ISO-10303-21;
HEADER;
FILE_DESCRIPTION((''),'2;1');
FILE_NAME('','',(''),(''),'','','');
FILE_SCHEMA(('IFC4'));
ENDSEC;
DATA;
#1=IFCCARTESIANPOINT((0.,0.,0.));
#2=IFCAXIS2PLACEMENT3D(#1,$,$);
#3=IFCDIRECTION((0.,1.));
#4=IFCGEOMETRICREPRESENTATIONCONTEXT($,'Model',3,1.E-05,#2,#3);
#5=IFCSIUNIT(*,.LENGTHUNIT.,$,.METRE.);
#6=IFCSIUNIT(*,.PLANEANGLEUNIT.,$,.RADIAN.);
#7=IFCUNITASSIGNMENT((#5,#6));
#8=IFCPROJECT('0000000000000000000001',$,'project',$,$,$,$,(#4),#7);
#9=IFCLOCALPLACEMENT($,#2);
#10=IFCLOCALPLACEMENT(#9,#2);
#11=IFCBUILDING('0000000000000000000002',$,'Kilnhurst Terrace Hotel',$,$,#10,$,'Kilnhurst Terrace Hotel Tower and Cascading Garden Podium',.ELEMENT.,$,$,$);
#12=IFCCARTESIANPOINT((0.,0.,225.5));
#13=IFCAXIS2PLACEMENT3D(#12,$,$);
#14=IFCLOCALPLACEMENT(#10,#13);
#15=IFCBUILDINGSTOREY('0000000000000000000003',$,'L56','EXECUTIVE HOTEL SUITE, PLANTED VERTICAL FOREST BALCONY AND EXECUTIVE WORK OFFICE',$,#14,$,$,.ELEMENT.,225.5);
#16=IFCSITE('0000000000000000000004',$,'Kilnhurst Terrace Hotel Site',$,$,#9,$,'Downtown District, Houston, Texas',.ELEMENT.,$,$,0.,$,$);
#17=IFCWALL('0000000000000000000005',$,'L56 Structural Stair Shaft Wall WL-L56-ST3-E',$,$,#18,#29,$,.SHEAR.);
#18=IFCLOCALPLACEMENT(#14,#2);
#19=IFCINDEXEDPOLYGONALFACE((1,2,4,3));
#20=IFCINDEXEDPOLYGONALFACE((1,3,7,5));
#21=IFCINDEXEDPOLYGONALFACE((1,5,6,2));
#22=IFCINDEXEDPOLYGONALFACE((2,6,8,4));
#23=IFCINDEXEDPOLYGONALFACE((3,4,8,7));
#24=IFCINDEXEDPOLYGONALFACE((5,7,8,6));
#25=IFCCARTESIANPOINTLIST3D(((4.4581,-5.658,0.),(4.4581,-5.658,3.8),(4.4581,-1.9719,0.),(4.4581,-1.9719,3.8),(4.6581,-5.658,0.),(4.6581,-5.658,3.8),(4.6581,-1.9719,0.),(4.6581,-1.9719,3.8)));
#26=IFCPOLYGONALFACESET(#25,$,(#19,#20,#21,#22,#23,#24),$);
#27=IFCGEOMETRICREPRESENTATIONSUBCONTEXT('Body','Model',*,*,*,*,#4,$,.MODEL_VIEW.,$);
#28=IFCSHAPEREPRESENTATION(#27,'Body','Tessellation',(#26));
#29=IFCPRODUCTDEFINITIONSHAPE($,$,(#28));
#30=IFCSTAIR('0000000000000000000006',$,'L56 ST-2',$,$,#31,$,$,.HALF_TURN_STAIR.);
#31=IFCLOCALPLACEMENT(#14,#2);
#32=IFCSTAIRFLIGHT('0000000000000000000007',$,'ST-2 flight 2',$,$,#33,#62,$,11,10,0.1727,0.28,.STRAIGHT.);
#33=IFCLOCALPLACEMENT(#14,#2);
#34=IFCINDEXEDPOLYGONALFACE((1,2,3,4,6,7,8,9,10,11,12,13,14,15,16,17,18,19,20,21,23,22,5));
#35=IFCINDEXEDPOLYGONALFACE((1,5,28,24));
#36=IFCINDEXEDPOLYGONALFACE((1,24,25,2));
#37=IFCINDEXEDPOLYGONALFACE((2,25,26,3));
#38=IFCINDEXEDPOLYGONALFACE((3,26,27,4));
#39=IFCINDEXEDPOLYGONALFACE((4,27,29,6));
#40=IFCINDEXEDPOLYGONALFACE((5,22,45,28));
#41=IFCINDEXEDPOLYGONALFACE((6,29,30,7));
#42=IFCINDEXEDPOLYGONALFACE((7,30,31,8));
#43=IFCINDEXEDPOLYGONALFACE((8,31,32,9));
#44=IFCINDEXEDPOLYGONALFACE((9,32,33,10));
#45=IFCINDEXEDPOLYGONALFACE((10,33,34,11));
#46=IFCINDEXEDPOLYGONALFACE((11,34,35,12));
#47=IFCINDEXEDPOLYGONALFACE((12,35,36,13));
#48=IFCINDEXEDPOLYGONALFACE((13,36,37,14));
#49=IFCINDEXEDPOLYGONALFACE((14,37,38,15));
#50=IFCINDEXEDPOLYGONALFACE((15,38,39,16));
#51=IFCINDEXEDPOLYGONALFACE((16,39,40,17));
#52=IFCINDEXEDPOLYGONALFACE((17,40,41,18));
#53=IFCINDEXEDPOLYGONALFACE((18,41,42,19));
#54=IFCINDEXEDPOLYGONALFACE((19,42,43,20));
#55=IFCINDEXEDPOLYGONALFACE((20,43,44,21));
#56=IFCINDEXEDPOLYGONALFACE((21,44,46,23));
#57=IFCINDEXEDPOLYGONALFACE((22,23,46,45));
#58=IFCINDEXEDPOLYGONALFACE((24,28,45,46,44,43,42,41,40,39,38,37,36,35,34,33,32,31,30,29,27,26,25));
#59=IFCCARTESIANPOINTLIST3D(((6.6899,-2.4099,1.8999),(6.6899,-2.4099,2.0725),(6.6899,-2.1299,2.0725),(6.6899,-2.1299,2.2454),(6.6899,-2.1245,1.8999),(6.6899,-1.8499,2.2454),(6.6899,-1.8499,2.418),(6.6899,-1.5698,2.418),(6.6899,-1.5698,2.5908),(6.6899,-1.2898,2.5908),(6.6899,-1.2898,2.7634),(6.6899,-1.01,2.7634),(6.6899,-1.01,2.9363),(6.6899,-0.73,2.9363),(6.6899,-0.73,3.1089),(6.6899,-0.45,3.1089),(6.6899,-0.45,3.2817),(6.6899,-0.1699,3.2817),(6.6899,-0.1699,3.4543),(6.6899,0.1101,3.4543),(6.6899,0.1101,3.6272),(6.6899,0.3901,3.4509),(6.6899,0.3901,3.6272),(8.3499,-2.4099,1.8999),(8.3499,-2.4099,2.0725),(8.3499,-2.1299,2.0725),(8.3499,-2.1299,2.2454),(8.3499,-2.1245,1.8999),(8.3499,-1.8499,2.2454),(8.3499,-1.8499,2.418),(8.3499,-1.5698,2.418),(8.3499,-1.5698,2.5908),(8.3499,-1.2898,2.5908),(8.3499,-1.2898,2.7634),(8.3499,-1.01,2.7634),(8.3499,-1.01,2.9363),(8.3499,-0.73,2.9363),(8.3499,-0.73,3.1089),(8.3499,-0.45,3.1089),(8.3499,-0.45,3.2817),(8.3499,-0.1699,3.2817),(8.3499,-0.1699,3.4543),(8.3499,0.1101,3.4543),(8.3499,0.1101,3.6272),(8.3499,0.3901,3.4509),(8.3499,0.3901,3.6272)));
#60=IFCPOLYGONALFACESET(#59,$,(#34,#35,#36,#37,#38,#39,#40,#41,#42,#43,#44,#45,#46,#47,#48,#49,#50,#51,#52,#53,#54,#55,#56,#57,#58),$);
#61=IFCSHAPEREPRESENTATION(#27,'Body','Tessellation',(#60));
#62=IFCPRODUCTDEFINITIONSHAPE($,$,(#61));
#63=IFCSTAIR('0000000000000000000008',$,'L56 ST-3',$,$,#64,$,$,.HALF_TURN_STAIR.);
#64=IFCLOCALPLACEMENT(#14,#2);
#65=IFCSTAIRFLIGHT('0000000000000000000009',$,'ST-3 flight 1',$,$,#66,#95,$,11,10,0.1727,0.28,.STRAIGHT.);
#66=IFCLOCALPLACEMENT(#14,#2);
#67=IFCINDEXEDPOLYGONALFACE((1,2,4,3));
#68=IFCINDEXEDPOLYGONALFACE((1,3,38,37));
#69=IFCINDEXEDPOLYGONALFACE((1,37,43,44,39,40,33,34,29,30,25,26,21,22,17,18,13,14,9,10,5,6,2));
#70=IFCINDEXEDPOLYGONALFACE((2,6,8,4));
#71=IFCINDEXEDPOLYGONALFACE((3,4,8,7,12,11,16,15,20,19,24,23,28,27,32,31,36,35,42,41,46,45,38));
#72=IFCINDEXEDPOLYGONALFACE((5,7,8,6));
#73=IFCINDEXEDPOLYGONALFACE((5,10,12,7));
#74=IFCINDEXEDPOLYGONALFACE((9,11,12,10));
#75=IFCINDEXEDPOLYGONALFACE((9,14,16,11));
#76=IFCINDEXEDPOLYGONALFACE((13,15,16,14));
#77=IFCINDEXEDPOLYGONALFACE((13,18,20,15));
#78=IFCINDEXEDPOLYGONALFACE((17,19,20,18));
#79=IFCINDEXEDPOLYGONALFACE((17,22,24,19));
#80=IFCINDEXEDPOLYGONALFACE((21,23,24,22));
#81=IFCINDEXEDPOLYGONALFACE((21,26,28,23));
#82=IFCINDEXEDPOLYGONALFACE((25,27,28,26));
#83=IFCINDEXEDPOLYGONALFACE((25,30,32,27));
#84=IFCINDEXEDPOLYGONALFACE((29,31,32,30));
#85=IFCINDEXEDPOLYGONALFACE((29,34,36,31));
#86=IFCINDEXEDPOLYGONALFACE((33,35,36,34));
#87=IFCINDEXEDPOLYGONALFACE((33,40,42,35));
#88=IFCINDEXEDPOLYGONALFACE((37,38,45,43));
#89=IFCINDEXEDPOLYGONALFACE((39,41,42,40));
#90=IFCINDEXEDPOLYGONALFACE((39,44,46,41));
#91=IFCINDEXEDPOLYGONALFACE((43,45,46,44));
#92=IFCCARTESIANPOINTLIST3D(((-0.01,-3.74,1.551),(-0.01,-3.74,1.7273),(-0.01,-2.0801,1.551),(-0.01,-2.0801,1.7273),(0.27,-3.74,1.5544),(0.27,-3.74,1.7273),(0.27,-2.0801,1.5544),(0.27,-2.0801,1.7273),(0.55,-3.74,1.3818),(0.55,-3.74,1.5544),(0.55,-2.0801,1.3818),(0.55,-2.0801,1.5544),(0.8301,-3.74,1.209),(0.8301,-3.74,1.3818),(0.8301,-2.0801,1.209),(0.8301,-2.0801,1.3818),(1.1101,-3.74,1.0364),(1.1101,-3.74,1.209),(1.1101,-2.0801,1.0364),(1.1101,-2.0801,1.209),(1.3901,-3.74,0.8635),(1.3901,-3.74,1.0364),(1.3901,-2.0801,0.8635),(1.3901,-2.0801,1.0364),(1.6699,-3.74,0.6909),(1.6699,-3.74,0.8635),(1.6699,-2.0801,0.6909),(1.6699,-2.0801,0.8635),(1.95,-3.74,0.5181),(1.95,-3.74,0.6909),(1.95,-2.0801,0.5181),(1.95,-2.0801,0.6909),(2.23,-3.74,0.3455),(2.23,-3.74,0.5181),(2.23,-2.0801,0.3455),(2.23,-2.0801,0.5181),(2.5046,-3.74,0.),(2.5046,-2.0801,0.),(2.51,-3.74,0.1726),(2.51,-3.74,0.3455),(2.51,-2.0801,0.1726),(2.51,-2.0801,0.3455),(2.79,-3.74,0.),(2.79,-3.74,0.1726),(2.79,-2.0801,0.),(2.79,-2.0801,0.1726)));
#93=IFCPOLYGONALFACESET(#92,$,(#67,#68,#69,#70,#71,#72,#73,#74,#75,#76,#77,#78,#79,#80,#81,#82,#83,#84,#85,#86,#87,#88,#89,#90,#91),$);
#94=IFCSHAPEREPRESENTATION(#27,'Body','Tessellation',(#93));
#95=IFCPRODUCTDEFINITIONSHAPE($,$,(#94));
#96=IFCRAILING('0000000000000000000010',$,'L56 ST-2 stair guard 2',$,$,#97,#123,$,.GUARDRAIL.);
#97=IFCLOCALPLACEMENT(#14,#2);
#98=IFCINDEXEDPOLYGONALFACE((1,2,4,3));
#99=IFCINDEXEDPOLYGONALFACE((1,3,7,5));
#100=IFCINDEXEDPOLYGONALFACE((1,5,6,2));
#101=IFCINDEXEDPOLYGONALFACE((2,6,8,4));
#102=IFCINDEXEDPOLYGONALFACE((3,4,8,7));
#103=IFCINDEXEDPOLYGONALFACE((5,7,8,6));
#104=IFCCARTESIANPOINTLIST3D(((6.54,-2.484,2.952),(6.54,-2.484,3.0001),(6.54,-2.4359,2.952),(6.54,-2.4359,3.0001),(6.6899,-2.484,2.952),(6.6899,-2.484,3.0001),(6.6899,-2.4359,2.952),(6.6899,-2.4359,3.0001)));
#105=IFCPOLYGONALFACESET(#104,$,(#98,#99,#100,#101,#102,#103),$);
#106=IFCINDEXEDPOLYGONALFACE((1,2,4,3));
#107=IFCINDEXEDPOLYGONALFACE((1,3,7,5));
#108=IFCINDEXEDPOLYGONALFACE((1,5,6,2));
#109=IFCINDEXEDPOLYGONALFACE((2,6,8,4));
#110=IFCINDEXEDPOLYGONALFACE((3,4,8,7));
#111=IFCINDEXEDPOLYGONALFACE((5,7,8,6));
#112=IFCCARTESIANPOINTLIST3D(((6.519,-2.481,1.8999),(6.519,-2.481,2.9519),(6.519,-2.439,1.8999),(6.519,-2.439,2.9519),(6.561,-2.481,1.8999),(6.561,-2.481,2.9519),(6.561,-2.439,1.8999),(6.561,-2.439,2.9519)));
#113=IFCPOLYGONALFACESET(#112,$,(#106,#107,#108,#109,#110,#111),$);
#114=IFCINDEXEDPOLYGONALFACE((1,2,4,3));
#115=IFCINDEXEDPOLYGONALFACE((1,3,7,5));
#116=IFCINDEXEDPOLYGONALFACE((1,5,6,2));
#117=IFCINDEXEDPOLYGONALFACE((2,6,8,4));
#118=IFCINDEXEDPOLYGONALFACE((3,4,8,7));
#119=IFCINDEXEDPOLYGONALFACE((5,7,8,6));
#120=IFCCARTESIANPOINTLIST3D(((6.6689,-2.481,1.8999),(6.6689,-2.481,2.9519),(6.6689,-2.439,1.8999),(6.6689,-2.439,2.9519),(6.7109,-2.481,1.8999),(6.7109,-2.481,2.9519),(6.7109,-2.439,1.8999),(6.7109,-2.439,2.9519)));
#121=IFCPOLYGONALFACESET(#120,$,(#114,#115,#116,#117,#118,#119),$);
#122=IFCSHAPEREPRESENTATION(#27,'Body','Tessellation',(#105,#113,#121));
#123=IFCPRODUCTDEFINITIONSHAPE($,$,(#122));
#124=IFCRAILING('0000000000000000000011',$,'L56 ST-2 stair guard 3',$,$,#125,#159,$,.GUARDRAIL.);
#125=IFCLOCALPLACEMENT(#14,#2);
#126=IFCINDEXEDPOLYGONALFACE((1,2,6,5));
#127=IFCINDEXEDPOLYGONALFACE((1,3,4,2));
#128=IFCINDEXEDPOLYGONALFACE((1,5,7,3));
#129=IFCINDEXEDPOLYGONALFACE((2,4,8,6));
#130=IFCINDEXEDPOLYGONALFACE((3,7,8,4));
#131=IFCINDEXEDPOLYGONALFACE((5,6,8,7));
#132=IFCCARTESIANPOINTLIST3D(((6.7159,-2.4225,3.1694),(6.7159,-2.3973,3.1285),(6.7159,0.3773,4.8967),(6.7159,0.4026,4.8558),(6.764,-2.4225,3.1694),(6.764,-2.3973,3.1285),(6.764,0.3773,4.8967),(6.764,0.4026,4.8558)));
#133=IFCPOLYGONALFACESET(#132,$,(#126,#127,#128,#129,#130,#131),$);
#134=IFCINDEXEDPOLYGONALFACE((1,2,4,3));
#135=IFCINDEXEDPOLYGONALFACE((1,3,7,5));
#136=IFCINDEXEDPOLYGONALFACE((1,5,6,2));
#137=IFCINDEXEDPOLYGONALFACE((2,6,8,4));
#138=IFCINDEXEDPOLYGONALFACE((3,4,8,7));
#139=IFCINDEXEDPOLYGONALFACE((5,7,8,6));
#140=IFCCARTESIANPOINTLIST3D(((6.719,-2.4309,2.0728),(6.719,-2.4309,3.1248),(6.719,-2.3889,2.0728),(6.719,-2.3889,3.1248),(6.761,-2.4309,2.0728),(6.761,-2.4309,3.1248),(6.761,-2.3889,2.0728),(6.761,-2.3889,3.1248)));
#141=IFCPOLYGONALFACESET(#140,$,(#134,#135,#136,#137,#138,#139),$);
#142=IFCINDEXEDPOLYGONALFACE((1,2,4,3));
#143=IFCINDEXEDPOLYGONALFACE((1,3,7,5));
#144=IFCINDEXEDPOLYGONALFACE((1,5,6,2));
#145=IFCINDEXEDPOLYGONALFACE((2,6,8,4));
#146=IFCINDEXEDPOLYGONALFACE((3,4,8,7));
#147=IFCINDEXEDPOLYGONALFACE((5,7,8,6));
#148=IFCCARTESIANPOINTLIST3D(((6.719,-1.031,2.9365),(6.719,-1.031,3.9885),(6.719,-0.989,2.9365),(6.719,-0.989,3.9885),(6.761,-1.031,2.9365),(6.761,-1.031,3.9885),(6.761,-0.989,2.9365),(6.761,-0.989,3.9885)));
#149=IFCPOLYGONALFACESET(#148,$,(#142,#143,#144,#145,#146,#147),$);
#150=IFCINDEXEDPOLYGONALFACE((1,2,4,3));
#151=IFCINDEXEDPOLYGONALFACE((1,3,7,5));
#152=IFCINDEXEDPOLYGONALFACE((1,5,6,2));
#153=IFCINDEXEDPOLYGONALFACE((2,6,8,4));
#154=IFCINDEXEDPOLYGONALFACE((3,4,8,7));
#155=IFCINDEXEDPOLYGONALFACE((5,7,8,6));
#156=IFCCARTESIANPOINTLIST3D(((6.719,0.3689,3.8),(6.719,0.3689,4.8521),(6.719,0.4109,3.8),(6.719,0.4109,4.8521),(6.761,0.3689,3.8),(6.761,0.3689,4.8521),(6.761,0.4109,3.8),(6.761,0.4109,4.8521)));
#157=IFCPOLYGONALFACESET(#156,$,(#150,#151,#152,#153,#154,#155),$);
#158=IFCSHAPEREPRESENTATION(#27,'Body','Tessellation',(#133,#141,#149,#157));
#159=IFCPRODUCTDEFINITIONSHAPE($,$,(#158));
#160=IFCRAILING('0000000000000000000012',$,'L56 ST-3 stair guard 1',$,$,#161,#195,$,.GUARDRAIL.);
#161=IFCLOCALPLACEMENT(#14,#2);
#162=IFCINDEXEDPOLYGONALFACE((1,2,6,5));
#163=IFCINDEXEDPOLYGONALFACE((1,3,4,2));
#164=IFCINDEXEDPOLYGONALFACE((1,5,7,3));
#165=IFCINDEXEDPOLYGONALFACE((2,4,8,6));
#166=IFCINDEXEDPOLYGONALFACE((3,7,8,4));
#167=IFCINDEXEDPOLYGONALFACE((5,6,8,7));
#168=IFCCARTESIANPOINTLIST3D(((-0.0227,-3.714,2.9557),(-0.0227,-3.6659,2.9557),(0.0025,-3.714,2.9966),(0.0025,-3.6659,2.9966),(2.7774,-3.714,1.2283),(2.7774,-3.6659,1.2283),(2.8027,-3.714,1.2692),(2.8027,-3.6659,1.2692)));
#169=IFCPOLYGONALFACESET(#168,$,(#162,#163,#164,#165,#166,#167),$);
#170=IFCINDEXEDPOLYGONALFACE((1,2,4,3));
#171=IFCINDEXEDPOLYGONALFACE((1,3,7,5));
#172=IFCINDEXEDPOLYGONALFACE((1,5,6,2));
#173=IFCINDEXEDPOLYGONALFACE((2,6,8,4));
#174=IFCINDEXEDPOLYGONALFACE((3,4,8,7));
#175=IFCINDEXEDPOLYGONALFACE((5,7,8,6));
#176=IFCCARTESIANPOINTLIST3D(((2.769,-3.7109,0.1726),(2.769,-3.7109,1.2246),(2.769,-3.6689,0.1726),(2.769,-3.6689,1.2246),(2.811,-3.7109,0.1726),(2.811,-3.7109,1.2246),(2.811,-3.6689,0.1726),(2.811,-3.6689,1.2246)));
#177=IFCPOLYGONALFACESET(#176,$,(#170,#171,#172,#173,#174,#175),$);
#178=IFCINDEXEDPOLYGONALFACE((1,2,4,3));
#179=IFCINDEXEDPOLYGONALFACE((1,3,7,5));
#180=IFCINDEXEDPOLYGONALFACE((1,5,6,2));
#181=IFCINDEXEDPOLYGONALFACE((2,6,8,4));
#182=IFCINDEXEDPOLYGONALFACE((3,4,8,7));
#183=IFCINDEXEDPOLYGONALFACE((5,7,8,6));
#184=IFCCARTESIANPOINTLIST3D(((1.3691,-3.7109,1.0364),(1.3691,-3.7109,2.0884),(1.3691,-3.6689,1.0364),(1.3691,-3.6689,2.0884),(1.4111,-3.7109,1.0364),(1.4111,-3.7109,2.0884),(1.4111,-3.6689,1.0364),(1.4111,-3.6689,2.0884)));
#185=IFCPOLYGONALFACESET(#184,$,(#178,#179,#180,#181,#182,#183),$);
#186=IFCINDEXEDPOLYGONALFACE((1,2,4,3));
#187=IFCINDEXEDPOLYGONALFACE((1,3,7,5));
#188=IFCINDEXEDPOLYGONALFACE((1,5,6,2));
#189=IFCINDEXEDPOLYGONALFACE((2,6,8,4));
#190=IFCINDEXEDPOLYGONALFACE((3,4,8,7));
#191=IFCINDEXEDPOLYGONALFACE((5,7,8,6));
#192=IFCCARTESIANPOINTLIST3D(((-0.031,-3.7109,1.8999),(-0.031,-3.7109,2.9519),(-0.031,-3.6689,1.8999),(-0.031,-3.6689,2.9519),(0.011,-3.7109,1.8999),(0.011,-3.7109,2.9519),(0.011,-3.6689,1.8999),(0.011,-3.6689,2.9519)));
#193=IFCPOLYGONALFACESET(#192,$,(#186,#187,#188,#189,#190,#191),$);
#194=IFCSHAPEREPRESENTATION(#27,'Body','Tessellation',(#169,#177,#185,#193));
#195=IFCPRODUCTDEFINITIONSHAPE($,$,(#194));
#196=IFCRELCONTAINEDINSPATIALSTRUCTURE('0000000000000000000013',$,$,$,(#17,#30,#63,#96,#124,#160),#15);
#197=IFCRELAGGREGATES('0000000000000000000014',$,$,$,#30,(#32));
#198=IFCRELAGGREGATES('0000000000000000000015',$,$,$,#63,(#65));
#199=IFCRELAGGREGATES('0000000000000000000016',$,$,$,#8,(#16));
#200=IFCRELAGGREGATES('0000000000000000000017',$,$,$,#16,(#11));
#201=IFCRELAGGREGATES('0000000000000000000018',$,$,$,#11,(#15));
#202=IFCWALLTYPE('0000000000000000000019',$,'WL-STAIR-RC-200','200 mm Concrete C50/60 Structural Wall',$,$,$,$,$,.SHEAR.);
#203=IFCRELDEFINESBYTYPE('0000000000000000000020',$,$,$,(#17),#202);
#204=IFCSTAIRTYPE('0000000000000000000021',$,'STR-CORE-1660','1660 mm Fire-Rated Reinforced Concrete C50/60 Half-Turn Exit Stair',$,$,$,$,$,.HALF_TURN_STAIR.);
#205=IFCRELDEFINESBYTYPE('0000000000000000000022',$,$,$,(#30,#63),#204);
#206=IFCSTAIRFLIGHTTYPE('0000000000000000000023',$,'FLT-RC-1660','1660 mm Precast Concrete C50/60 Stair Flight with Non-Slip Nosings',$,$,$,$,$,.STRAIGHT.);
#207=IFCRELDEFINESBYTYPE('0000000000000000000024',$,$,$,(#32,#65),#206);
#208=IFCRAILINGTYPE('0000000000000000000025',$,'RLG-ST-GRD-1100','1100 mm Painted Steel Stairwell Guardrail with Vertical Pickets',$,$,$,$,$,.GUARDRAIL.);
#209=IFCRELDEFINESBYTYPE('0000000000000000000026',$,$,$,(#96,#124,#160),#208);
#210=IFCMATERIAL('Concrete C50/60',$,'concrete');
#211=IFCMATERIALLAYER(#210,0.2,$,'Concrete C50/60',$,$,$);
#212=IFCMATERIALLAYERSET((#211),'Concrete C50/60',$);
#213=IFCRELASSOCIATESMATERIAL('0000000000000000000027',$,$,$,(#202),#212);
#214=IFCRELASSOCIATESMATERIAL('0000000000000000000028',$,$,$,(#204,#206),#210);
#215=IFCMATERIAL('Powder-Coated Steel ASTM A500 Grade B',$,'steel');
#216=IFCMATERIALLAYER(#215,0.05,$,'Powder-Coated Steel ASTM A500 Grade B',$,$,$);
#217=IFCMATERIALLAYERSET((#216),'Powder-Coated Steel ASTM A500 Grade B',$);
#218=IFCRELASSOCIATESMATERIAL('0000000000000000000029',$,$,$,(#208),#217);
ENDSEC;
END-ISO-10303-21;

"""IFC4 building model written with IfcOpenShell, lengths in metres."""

from ifc_helpers import new_model, si_unit, direction, frame, frame_2d, origin, origin_2d, place, context, subcontext, project, spatial, polyline, rectangle, outline, extrude, material, layer, layer_set, type_object, element, aggregate, save


model = new_model("IFC4")

# Units and contexts
model_context = context("Model", 3, precision=1e-05, world=origin(), true_north=direction((0.0, 1.0)))
body_context = subcontext(model_context, "Body", "Model", "MODEL_VIEW")
ifc_project = project(units=[si_unit("LENGTHUNIT", "METRE"), si_unit("PLANEANGLEUNIT", "RADIAN")], contexts=[model_context])

# Site, building, storey
site_placement = place(None, origin())
site = spatial("IfcSite", under=ifc_project, at=site_placement, Name="Kilnhurst Terrace Hotel Site", LongName="Downtown District, Houston, Texas", CompositionType="ELEMENT", RefElevation=0.0)
building_placement = place(site_placement, origin())
building = spatial("IfcBuilding", under=site, at=building_placement, Name="Kilnhurst Terrace Hotel", LongName="Kilnhurst Terrace Hotel Tower and Cascading Garden Podium", CompositionType="ELEMENT")
storey_placement = place(building_placement, frame((0.0, 0.0, 225.5)))
storey = spatial("IfcBuildingStorey", under=building, at=storey_placement, Name="L56", Description="EXECUTIVE HOTEL SUITE, PLANTED VERTICAL FOREST BALCONY AND EXECUTIVE WORK OFFICE", CompositionType="ELEMENT", Elevation=225.5)

# Shared definitions
ifc_material_1 = material(Name="Concrete C50/60", Category="concrete")

# Wall
ifc_layer_1 = layer(ifc_material_1, 0.2, Name="Concrete C50/60")
ifc_layer_set_1 = layer_set([ifc_layer_1], Name="Concrete C50/60")
wall_type_1 = type_object("IfcWallType", Name="WL-STAIR-RC-200", Description="200 mm Concrete C50/60 Structural Wall", PredefinedType="SHEAR", material=ifc_layer_set_1)
for number, where, z_axis, x_axis, name in (
    (1, (4.5581, -5.658, 0.0), (0.0, 0.0, 1.0), (0.0, 1.0, 0.0), "L56 Structural Stair Shaft Wall WL-L56-ST3-E"),
):
    element("IfcWall", number, at=place(storey_placement, frame(where, z_axis=z_axis, x_axis=x_axis)), inside=storey, type_object=wall_type_1, Name=name, PredefinedType="SHEAR", context=body_context, shape_type="SweptSolid", body=[
        extrude(rectangle(XDim=3.686, YDim=0.2, at=frame_2d((1.843, 0.0))), origin(), (0.0, 0.0, 1.0), 3.8),
    ])

# Stairs, stair flights
stair_type = type_object("IfcStairType", Name="STR-CORE-1660", Description="1660 mm Fire-Rated Reinforced Concrete C50/60 Half-Turn Exit Stair", PredefinedType="HALF_TURN_STAIR", material=ifc_material_1)
stair_1_placement = place(storey_placement, origin())
stair_1 = element("IfcStair", 2, at=stair_1_placement, inside=storey, type_object=stair_type, Name="L56 ST-2", PredefinedType="HALF_TURN_STAIR")
stair_flight_type = type_object("IfcStairFlightType", Name="FLT-RC-1660", Description="1660 mm Precast Concrete C50/60 Stair Flight with Non-Slip Nosings", PredefinedType="STRAIGHT", material=ifc_material_1)
stair_flight_1_placement = place(storey_placement, frame((7.52, -2.4099, 1.8999), z_axis=(0.0, 0.0, 1.0), x_axis=(0.0, 1.0, 0.0)))
stair_flight_1 = element("IfcStairFlight", 3, at=stair_flight_1_placement, type_object=stair_flight_type, Name="ST-2 flight 2", NumberOfRisers=11, NumberOfTreads=10, PredefinedType="STRAIGHT", RiserHeight=0.1727, TreadLength=0.28, context=body_context, shape_type="SweptSolid", body=[
    extrude(outline(polyline([(0.0, 0.0), (0.0, 0.1726), (0.28, 0.1726), (0.28, 0.3455), (0.5601, 0.3455), (0.5601, 0.5181), (0.8401, 0.5181), (0.8401, 0.6909), (1.1201, 0.6909), (1.1201, 0.8635), (1.3999, 0.8635), (1.3999, 1.0364), (1.6799, 1.0364), (1.6799, 1.209), (1.96, 1.209), (1.96, 1.3818), (2.24, 1.3818), (2.24, 1.5544), (2.52, 1.5544), (2.52, 1.7273), (2.8, 1.7273), (2.8, 1.8999), (2.8, 1.551), (0.2854, 0.0), (0.0, 0.0)])), frame((0.0, 0.8301, 0.0), z_axis=(0.0, -1.0, 0.0), x_axis=(1.0, 0.0, 0.0)), (0.0, 0.0, 1.0), 1.6599),
])
aggregate(stair_1, [stair_flight_1])
stair_2_placement = place(storey_placement, origin())
stair_2 = element("IfcStair", 4, at=stair_2_placement, inside=storey, type_object=stair_type, Name="L56 ST-3", PredefinedType="HALF_TURN_STAIR")
stair_flight_2_placement = place(storey_placement, frame((2.79, -2.9099, 0.0), z_axis=(0.0, 0.0, 1.0), x_axis=(-1.0, 0.0, 0.0)))
stair_flight_2 = element("IfcStairFlight", 5, at=stair_flight_2_placement, type_object=stair_flight_type, Name="ST-3 flight 1", NumberOfRisers=11, NumberOfTreads=10, PredefinedType="STRAIGHT", RiserHeight=0.1727, TreadLength=0.28, context=body_context, shape_type="SweptSolid", body=[
    extrude(outline(polyline([(0.0, 0.0), (0.0, 0.1726), (0.28, 0.1726), (0.28, 0.3455), (0.5601, 0.3455), (0.5601, 0.5181), (0.8401, 0.5181), (0.8401, 0.6909), (1.1201, 0.6909), (1.1201, 0.8635), (1.3999, 0.8635), (1.3999, 1.0364), (1.6799, 1.0364), (1.6799, 1.209), (1.96, 1.209), (1.96, 1.3818), (2.24, 1.3818), (2.24, 1.5544), (2.52, 1.5544), (2.52, 1.7273), (2.8, 1.7273), (2.8, 1.8999), (2.8, 1.551), (0.2854, 0.0), (0.0, 0.0)])), frame((0.0, 0.8301, 0.0), z_axis=(0.0, -1.0, 0.0), x_axis=(1.0, 0.0, 0.0)), (0.0, 0.0, 1.0), 1.6599),
])
aggregate(stair_2, [stair_flight_2])

# Railings
ifc_material_2 = material(Name="Powder-Coated Steel ASTM A500 Grade B", Category="steel")
ifc_layer_2 = layer(ifc_material_2, 0.05, Name="Powder-Coated Steel ASTM A500 Grade B")
ifc_layer_set_2 = layer_set([ifc_layer_2], Name="Powder-Coated Steel ASTM A500 Grade B")
railing_type_1 = type_object("IfcRailingType", Name="RLG-ST-GRD-1100", Description="1100 mm Painted Steel Stairwell Guardrail with Vertical Pickets", PredefinedType="GUARDRAIL", material=ifc_layer_set_2)
railing_1_placement = place(storey_placement, frame((6.54, -2.46, 1.8999)))
element("IfcRailing", 6, at=railing_1_placement, inside=storey, type_object=railing_type_1, Name="L56 ST-2 stair guard 2", PredefinedType="GUARDRAIL", context=body_context, shape_type="SweptSolid", body=[
    extrude(rectangle(XDim=0.0481, YDim=0.0481, at=origin_2d()), frame((0.0, 0.0, 1.0762), z_axis=(1.0, 0.0, 0.0), x_axis=(0.0, 1.0, 0.0)), (0.0, 0.0, 1.0), 0.1499),
    extrude(rectangle(XDim=0.042, YDim=0.042, at=origin_2d()), origin(), (0.0, 0.0, 1.0), 1.052),
    extrude(rectangle(XDim=0.042, YDim=0.042, at=origin_2d()), frame((0.1499, 0.0, 0.0)), (0.0, 0.0, 1.0), 1.052),
])
railing_2_placement = place(storey_placement, frame((6.74, -2.4099, 2.0728)))
element("IfcRailing", 7, at=railing_2_placement, inside=storey, type_object=railing_type_1, Name="L56 ST-2 stair guard 3", PredefinedType="GUARDRAIL", context=body_context, shape_type="SweptSolid", body=[
    extrude(rectangle(XDim=0.0481, YDim=0.0481, at=origin_2d()), frame((0.0, 0.0, 1.0762), z_axis=(0.0, 0.851069, 0.525054), x_axis=(-1.0, 0.0, 0.0)), (0.0, 0.0, 1.0), 3.2898),
    extrude(rectangle(XDim=0.042, YDim=0.042, at=origin_2d()), origin(), (0.0, 0.0, 1.0), 1.052),
    extrude(rectangle(XDim=0.042, YDim=0.042, at=origin_2d()), frame((0.0, 1.3999, 0.8638)), (0.0, 0.0, 1.0), 1.052),
    extrude(rectangle(XDim=0.042, YDim=0.042, at=origin_2d()), frame((0.0, 2.7998, 1.7273)), (0.0, 0.0, 1.0), 1.052),
])
railing_3_placement = place(storey_placement, frame((2.79, -3.6899, 0.1726)))
element("IfcRailing", 8, at=railing_3_placement, inside=storey, type_object=railing_type_1, Name="L56 ST-3 stair guard 1", PredefinedType="GUARDRAIL", context=body_context, shape_type="SweptSolid", body=[
    extrude(rectangle(XDim=0.0481, YDim=0.0481, at=origin_2d()), frame((0.0, 0.0, 1.0762), z_axis=(-0.85109, 0.0, 0.52502), x_axis=(0.0, -1.0, 0.0)), (0.0, 0.0, 1.0), 3.29),
    extrude(rectangle(XDim=0.042, YDim=0.042, at=origin_2d()), origin(), (0.0, 0.0, 1.0), 1.052),
    extrude(rectangle(XDim=0.042, YDim=0.042, at=origin_2d()), frame((-1.3999, 0.0, 0.8638)), (0.0, 0.0, 1.0), 1.052),
    extrude(rectangle(XDim=0.042, YDim=0.042, at=origin_2d()), frame((-2.8, 0.0, 1.7273)), (0.0, 0.0, 1.0), 1.052),
])

save(model, "model.ifc")
